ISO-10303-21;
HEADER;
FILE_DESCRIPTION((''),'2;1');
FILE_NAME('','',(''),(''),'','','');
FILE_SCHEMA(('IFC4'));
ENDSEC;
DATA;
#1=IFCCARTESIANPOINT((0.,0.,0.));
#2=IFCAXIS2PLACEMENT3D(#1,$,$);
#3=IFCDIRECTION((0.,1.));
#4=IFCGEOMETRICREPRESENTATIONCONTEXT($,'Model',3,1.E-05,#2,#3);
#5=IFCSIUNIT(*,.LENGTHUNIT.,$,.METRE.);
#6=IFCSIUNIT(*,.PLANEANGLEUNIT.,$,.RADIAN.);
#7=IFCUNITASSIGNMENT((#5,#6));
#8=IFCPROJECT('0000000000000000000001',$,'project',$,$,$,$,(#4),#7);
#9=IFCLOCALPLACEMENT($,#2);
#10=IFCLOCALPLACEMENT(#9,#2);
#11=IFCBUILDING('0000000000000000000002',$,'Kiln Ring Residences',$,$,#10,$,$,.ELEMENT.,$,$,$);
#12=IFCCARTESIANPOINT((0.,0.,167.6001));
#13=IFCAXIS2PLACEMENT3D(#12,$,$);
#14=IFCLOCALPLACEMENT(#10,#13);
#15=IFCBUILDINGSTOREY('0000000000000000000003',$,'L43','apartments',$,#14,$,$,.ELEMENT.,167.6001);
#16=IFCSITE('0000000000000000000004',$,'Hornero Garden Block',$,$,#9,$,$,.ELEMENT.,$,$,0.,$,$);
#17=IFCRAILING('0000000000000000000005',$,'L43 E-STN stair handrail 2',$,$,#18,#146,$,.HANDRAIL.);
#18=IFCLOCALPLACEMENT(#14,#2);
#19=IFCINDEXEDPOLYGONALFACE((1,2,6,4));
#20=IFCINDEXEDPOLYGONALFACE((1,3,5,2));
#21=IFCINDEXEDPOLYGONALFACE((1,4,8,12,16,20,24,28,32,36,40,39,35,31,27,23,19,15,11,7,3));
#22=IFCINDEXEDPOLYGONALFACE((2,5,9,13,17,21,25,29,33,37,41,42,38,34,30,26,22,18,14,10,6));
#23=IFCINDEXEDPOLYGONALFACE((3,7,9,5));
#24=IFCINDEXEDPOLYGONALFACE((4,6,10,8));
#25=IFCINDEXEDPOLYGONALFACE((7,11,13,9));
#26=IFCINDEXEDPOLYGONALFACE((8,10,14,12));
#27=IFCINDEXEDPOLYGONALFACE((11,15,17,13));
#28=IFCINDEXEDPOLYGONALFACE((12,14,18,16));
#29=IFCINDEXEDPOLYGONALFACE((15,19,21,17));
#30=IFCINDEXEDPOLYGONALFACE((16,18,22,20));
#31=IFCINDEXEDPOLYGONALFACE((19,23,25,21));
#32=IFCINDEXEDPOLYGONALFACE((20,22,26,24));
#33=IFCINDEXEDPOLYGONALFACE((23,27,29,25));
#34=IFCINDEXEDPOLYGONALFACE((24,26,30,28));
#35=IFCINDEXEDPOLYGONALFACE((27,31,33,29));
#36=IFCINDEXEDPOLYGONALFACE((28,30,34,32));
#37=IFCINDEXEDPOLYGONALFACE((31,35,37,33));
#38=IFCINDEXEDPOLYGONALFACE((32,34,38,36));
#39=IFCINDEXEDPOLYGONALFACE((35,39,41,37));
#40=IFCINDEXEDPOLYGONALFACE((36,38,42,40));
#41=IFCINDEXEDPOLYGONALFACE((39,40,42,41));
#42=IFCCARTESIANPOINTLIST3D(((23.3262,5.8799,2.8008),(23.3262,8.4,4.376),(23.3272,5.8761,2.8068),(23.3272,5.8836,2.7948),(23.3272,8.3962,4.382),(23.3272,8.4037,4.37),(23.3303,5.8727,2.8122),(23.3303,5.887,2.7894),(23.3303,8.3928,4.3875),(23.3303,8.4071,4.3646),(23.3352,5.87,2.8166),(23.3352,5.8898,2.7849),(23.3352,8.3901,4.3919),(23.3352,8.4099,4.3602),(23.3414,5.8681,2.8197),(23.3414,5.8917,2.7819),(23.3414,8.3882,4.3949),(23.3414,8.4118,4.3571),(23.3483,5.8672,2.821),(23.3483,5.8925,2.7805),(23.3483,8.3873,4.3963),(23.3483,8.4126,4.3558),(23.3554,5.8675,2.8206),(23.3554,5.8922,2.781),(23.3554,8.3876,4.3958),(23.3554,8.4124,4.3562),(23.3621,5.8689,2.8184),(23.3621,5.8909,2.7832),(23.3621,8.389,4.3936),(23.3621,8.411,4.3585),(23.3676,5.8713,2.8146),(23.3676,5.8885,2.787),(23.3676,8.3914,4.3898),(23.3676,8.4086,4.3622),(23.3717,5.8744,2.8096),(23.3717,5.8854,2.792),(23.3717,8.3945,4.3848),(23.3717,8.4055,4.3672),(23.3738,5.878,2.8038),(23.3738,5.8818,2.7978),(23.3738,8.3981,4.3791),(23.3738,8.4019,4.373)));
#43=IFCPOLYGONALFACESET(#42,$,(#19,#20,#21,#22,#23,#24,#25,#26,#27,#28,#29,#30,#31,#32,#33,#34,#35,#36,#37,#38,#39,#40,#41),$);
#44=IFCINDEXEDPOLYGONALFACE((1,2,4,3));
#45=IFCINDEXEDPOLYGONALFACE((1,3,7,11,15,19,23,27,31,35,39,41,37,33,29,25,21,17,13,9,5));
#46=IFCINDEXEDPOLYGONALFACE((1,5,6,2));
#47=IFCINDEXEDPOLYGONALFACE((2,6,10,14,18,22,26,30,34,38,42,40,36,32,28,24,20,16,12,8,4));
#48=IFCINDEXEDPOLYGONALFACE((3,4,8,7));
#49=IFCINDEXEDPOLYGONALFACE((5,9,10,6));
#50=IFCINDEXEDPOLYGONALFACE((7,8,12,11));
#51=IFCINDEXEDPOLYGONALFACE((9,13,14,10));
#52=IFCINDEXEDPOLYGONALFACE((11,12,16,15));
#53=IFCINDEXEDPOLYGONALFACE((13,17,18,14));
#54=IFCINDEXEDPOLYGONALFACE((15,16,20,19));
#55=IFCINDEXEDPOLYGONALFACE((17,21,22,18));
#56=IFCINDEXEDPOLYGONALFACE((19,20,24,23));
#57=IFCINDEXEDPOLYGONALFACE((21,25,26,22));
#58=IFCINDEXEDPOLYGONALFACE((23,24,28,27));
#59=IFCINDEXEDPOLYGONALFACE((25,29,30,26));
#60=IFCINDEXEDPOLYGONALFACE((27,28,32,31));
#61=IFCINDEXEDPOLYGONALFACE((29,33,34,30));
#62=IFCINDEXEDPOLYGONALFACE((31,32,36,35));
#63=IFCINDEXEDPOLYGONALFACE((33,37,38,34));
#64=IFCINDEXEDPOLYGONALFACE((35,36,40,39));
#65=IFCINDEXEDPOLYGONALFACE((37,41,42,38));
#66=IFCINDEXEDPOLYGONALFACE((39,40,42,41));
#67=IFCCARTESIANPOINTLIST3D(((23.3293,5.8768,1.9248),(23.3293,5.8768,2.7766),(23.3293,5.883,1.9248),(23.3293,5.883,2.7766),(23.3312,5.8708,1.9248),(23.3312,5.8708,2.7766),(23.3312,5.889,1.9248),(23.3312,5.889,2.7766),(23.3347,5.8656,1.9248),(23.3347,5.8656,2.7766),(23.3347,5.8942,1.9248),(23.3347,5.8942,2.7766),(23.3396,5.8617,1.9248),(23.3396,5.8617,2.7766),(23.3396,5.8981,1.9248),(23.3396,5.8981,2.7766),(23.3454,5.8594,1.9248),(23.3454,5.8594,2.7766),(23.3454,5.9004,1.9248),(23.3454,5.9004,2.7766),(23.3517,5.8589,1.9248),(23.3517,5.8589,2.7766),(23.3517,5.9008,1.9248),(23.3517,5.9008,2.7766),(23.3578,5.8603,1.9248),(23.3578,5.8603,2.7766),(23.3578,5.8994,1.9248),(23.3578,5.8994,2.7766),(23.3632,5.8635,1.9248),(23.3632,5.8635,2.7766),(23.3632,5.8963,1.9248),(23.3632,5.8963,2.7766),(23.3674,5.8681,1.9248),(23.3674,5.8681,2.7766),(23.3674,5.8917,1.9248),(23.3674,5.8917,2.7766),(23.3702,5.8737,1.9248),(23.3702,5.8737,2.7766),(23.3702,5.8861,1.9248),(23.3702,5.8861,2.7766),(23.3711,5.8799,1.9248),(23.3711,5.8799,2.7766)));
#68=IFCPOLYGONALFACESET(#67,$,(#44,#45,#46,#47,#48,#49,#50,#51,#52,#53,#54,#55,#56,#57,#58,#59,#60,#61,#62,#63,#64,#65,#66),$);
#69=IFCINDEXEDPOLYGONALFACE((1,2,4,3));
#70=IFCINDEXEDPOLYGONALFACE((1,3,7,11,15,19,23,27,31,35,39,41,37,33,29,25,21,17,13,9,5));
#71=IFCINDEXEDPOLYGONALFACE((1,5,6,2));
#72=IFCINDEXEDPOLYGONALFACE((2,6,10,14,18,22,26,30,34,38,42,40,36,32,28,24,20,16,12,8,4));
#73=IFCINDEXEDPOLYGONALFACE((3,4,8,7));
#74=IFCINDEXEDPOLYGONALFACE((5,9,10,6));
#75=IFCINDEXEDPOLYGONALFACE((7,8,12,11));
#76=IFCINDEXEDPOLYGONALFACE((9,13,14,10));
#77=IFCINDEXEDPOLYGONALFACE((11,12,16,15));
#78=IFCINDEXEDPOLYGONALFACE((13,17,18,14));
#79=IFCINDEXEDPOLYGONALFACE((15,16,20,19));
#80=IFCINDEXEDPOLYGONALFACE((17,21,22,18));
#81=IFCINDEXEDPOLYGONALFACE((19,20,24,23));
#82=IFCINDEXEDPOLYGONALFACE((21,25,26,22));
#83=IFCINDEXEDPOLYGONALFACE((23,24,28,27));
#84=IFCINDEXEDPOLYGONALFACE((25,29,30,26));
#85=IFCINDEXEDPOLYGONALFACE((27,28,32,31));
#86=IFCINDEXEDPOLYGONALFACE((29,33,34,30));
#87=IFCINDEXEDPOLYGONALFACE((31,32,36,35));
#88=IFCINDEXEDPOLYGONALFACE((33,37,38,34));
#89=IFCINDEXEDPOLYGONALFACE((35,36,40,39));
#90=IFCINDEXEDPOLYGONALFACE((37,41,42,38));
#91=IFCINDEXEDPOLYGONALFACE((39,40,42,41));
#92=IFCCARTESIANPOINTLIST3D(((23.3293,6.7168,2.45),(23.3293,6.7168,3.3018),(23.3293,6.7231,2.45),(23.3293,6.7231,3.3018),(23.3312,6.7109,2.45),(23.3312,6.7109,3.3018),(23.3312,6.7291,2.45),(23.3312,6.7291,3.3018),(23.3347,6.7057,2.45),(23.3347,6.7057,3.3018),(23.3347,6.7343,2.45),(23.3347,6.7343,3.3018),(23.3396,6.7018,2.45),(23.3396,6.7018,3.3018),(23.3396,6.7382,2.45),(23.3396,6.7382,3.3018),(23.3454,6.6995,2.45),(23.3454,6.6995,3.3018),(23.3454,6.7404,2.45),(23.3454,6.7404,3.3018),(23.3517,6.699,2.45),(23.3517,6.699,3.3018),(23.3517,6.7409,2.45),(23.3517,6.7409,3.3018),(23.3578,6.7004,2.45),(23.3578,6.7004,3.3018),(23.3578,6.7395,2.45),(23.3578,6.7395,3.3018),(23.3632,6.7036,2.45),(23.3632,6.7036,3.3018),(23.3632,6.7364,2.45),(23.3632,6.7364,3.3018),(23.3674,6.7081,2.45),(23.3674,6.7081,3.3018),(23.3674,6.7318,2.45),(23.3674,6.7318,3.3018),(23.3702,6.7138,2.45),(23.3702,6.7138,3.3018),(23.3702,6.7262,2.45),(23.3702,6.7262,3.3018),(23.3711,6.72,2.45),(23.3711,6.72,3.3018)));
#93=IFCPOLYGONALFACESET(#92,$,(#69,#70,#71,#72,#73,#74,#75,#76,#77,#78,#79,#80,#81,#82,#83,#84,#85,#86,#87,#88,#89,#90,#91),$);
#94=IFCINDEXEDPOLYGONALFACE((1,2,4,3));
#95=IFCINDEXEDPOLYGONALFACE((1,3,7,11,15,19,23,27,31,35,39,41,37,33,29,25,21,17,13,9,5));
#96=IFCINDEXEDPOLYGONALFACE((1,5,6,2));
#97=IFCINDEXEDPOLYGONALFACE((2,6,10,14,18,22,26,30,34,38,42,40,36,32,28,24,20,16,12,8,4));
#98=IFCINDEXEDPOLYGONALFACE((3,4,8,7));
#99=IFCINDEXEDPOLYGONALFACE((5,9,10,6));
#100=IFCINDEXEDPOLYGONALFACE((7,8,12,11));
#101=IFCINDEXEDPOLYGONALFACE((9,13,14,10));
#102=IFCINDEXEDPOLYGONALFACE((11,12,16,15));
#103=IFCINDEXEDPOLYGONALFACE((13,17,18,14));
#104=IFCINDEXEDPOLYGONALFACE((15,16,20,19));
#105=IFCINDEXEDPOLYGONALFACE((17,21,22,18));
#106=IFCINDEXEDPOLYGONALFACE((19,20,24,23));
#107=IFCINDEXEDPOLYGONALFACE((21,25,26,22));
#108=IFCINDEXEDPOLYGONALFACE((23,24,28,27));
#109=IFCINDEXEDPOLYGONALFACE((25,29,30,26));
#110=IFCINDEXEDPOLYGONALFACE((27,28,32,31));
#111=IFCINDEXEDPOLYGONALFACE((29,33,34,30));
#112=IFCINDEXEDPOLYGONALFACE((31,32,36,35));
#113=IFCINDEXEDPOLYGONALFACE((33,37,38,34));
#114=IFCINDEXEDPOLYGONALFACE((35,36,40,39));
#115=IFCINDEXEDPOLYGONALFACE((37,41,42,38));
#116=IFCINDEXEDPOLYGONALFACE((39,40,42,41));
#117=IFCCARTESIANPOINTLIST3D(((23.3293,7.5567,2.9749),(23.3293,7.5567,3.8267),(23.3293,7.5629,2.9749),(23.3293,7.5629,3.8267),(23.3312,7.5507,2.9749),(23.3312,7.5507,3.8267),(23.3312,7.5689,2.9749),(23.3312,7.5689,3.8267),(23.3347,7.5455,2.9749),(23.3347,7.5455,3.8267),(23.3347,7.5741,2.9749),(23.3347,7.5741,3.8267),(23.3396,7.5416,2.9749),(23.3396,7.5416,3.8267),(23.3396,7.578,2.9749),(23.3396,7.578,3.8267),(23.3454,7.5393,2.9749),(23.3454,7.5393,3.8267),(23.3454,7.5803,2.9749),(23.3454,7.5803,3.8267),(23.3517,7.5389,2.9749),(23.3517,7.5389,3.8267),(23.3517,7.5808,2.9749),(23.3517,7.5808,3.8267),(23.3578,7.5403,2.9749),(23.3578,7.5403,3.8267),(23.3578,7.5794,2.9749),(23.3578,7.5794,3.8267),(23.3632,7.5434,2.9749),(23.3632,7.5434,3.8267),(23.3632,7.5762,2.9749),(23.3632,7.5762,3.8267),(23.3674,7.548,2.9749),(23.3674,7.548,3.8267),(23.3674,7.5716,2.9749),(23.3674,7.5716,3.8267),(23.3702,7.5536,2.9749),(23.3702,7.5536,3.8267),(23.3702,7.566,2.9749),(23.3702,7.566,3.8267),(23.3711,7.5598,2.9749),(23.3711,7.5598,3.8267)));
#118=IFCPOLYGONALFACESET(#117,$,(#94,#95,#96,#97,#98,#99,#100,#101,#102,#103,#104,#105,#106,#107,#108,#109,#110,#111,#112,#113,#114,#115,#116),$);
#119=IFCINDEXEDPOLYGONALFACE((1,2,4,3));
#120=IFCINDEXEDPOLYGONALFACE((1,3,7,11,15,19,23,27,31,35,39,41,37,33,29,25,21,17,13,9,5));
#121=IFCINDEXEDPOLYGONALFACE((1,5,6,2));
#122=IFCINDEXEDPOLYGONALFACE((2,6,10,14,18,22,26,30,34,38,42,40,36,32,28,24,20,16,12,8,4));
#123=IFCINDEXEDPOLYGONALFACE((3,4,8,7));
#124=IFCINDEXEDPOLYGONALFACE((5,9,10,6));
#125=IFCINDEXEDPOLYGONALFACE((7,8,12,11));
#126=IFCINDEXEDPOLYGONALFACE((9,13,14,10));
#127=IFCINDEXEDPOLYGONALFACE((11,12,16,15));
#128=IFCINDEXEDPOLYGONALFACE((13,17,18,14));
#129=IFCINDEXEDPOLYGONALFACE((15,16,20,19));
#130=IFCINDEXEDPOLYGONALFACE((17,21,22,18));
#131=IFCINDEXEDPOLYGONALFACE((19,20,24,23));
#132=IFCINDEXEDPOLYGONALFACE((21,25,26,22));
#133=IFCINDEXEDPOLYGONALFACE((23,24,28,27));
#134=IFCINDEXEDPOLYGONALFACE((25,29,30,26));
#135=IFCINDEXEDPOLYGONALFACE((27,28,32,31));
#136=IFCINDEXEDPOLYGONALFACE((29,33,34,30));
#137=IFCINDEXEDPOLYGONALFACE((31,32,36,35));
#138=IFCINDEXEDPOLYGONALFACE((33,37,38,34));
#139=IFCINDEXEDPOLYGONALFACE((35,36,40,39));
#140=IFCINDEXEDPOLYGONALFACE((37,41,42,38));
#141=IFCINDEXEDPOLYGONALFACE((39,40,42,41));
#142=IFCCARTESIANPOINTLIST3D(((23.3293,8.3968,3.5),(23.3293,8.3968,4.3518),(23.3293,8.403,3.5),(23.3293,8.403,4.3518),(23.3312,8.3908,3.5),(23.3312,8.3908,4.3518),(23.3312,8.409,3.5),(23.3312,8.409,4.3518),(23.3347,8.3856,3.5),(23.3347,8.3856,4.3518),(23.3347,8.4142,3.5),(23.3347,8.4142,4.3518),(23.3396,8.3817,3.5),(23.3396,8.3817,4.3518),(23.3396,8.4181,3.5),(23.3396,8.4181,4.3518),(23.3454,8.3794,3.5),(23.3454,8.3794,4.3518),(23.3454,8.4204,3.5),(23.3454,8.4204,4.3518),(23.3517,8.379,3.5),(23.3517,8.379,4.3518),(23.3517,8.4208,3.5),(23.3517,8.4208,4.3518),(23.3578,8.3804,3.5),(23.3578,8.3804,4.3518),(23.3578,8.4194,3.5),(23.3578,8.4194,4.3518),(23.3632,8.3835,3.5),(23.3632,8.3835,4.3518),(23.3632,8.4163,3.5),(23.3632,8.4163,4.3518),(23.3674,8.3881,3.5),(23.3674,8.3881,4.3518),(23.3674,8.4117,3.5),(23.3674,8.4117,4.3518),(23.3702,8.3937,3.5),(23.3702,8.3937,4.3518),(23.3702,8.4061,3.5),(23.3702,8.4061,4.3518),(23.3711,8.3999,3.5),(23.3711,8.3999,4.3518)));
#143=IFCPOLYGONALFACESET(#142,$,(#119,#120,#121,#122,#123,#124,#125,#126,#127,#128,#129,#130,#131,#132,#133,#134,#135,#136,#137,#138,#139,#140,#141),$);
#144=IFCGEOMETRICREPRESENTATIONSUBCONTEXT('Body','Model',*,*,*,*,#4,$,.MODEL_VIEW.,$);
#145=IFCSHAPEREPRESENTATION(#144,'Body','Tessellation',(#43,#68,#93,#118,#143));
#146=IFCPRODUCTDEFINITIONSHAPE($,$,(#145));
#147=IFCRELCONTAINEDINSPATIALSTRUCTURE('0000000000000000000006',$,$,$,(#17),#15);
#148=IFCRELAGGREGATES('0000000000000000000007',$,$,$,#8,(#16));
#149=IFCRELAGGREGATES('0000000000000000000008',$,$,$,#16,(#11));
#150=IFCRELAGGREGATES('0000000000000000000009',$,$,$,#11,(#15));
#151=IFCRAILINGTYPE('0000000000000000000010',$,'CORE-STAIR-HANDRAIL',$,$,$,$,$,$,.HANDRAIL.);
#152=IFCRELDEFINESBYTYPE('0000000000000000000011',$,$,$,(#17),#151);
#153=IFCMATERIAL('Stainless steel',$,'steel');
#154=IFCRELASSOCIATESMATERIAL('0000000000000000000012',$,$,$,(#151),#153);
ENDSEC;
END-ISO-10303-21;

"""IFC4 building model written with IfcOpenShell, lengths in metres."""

from ifc_helpers import new_model, si_unit, direction, frame, origin, origin_2d, place, context, subcontext, project, spatial, circle, extrude, material, type_object, element, save


model = new_model("IFC4")

# Units and contexts
model_context = context("Model", 3, precision=1e-05, world=origin(), true_north=direction((0.0, 1.0)))
body_context = subcontext(model_context, "Body", "Model", "MODEL_VIEW")
ifc_project = project(units=[si_unit("LENGTHUNIT", "METRE"), si_unit("PLANEANGLEUNIT", "RADIAN")], contexts=[model_context])

# Site, building, storey
site_placement = place(None, origin())
site = spatial("IfcSite", under=ifc_project, at=site_placement, Name="Hornero Garden Block", CompositionType="ELEMENT", RefElevation=0.0)
building_placement = place(site_placement, origin())
building = spatial("IfcBuilding", under=site, at=building_placement, Name="Kiln Ring Residences", CompositionType="ELEMENT")
storey_placement = place(building_placement, frame((0.0, 0.0, 167.6001)))
storey = spatial("IfcBuildingStorey", under=building, at=storey_placement, Name="L43", Description="apartments", CompositionType="ELEMENT", Elevation=167.6001)

# Railing
ifc_material_1 = material(Name="Stainless steel", Category="steel")
railing_type_1 = type_object("IfcRailingType", Name="CORE-STAIR-HANDRAIL", PredefinedType="HANDRAIL", material=ifc_material_1)
railing_1_placement = place(storey_placement, frame((23.3501, 5.8799, 1.9248)))
element("IfcRailing", 1, at=railing_1_placement, inside=storey, type_object=railing_type_1, Name="L43 E-STN stair handrail 2", PredefinedType="HANDRAIL", context=body_context, shape_type="SweptSolid", body=[
    extrude(circle(Radius=0.0239, at=origin_2d()), frame((0.0, 0.0, 0.876), z_axis=(0.0, 0.847971, 0.530043), x_axis=(-1.0, 0.0, 0.0)), (0.0, 0.0, 1.0), 2.9719),
    extrude(circle(Radius=0.021, at=origin_2d()), origin(), (0.0, 0.0, 1.0), 0.8518),
    extrude(circle(Radius=0.021, at=origin_2d()), frame((0.0, 0.8401, 0.5251)), (0.0, 0.0, 1.0), 0.8518),
    extrude(circle(Radius=0.021, at=origin_2d()), frame((0.0, 1.6799, 1.05)), (0.0, 0.0, 1.0), 0.8518),
    extrude(circle(Radius=0.021, at=origin_2d()), frame((0.0, 2.52, 1.5752)), (0.0, 0.0, 1.0), 0.8518),
])

save(model, "model.ifc")
